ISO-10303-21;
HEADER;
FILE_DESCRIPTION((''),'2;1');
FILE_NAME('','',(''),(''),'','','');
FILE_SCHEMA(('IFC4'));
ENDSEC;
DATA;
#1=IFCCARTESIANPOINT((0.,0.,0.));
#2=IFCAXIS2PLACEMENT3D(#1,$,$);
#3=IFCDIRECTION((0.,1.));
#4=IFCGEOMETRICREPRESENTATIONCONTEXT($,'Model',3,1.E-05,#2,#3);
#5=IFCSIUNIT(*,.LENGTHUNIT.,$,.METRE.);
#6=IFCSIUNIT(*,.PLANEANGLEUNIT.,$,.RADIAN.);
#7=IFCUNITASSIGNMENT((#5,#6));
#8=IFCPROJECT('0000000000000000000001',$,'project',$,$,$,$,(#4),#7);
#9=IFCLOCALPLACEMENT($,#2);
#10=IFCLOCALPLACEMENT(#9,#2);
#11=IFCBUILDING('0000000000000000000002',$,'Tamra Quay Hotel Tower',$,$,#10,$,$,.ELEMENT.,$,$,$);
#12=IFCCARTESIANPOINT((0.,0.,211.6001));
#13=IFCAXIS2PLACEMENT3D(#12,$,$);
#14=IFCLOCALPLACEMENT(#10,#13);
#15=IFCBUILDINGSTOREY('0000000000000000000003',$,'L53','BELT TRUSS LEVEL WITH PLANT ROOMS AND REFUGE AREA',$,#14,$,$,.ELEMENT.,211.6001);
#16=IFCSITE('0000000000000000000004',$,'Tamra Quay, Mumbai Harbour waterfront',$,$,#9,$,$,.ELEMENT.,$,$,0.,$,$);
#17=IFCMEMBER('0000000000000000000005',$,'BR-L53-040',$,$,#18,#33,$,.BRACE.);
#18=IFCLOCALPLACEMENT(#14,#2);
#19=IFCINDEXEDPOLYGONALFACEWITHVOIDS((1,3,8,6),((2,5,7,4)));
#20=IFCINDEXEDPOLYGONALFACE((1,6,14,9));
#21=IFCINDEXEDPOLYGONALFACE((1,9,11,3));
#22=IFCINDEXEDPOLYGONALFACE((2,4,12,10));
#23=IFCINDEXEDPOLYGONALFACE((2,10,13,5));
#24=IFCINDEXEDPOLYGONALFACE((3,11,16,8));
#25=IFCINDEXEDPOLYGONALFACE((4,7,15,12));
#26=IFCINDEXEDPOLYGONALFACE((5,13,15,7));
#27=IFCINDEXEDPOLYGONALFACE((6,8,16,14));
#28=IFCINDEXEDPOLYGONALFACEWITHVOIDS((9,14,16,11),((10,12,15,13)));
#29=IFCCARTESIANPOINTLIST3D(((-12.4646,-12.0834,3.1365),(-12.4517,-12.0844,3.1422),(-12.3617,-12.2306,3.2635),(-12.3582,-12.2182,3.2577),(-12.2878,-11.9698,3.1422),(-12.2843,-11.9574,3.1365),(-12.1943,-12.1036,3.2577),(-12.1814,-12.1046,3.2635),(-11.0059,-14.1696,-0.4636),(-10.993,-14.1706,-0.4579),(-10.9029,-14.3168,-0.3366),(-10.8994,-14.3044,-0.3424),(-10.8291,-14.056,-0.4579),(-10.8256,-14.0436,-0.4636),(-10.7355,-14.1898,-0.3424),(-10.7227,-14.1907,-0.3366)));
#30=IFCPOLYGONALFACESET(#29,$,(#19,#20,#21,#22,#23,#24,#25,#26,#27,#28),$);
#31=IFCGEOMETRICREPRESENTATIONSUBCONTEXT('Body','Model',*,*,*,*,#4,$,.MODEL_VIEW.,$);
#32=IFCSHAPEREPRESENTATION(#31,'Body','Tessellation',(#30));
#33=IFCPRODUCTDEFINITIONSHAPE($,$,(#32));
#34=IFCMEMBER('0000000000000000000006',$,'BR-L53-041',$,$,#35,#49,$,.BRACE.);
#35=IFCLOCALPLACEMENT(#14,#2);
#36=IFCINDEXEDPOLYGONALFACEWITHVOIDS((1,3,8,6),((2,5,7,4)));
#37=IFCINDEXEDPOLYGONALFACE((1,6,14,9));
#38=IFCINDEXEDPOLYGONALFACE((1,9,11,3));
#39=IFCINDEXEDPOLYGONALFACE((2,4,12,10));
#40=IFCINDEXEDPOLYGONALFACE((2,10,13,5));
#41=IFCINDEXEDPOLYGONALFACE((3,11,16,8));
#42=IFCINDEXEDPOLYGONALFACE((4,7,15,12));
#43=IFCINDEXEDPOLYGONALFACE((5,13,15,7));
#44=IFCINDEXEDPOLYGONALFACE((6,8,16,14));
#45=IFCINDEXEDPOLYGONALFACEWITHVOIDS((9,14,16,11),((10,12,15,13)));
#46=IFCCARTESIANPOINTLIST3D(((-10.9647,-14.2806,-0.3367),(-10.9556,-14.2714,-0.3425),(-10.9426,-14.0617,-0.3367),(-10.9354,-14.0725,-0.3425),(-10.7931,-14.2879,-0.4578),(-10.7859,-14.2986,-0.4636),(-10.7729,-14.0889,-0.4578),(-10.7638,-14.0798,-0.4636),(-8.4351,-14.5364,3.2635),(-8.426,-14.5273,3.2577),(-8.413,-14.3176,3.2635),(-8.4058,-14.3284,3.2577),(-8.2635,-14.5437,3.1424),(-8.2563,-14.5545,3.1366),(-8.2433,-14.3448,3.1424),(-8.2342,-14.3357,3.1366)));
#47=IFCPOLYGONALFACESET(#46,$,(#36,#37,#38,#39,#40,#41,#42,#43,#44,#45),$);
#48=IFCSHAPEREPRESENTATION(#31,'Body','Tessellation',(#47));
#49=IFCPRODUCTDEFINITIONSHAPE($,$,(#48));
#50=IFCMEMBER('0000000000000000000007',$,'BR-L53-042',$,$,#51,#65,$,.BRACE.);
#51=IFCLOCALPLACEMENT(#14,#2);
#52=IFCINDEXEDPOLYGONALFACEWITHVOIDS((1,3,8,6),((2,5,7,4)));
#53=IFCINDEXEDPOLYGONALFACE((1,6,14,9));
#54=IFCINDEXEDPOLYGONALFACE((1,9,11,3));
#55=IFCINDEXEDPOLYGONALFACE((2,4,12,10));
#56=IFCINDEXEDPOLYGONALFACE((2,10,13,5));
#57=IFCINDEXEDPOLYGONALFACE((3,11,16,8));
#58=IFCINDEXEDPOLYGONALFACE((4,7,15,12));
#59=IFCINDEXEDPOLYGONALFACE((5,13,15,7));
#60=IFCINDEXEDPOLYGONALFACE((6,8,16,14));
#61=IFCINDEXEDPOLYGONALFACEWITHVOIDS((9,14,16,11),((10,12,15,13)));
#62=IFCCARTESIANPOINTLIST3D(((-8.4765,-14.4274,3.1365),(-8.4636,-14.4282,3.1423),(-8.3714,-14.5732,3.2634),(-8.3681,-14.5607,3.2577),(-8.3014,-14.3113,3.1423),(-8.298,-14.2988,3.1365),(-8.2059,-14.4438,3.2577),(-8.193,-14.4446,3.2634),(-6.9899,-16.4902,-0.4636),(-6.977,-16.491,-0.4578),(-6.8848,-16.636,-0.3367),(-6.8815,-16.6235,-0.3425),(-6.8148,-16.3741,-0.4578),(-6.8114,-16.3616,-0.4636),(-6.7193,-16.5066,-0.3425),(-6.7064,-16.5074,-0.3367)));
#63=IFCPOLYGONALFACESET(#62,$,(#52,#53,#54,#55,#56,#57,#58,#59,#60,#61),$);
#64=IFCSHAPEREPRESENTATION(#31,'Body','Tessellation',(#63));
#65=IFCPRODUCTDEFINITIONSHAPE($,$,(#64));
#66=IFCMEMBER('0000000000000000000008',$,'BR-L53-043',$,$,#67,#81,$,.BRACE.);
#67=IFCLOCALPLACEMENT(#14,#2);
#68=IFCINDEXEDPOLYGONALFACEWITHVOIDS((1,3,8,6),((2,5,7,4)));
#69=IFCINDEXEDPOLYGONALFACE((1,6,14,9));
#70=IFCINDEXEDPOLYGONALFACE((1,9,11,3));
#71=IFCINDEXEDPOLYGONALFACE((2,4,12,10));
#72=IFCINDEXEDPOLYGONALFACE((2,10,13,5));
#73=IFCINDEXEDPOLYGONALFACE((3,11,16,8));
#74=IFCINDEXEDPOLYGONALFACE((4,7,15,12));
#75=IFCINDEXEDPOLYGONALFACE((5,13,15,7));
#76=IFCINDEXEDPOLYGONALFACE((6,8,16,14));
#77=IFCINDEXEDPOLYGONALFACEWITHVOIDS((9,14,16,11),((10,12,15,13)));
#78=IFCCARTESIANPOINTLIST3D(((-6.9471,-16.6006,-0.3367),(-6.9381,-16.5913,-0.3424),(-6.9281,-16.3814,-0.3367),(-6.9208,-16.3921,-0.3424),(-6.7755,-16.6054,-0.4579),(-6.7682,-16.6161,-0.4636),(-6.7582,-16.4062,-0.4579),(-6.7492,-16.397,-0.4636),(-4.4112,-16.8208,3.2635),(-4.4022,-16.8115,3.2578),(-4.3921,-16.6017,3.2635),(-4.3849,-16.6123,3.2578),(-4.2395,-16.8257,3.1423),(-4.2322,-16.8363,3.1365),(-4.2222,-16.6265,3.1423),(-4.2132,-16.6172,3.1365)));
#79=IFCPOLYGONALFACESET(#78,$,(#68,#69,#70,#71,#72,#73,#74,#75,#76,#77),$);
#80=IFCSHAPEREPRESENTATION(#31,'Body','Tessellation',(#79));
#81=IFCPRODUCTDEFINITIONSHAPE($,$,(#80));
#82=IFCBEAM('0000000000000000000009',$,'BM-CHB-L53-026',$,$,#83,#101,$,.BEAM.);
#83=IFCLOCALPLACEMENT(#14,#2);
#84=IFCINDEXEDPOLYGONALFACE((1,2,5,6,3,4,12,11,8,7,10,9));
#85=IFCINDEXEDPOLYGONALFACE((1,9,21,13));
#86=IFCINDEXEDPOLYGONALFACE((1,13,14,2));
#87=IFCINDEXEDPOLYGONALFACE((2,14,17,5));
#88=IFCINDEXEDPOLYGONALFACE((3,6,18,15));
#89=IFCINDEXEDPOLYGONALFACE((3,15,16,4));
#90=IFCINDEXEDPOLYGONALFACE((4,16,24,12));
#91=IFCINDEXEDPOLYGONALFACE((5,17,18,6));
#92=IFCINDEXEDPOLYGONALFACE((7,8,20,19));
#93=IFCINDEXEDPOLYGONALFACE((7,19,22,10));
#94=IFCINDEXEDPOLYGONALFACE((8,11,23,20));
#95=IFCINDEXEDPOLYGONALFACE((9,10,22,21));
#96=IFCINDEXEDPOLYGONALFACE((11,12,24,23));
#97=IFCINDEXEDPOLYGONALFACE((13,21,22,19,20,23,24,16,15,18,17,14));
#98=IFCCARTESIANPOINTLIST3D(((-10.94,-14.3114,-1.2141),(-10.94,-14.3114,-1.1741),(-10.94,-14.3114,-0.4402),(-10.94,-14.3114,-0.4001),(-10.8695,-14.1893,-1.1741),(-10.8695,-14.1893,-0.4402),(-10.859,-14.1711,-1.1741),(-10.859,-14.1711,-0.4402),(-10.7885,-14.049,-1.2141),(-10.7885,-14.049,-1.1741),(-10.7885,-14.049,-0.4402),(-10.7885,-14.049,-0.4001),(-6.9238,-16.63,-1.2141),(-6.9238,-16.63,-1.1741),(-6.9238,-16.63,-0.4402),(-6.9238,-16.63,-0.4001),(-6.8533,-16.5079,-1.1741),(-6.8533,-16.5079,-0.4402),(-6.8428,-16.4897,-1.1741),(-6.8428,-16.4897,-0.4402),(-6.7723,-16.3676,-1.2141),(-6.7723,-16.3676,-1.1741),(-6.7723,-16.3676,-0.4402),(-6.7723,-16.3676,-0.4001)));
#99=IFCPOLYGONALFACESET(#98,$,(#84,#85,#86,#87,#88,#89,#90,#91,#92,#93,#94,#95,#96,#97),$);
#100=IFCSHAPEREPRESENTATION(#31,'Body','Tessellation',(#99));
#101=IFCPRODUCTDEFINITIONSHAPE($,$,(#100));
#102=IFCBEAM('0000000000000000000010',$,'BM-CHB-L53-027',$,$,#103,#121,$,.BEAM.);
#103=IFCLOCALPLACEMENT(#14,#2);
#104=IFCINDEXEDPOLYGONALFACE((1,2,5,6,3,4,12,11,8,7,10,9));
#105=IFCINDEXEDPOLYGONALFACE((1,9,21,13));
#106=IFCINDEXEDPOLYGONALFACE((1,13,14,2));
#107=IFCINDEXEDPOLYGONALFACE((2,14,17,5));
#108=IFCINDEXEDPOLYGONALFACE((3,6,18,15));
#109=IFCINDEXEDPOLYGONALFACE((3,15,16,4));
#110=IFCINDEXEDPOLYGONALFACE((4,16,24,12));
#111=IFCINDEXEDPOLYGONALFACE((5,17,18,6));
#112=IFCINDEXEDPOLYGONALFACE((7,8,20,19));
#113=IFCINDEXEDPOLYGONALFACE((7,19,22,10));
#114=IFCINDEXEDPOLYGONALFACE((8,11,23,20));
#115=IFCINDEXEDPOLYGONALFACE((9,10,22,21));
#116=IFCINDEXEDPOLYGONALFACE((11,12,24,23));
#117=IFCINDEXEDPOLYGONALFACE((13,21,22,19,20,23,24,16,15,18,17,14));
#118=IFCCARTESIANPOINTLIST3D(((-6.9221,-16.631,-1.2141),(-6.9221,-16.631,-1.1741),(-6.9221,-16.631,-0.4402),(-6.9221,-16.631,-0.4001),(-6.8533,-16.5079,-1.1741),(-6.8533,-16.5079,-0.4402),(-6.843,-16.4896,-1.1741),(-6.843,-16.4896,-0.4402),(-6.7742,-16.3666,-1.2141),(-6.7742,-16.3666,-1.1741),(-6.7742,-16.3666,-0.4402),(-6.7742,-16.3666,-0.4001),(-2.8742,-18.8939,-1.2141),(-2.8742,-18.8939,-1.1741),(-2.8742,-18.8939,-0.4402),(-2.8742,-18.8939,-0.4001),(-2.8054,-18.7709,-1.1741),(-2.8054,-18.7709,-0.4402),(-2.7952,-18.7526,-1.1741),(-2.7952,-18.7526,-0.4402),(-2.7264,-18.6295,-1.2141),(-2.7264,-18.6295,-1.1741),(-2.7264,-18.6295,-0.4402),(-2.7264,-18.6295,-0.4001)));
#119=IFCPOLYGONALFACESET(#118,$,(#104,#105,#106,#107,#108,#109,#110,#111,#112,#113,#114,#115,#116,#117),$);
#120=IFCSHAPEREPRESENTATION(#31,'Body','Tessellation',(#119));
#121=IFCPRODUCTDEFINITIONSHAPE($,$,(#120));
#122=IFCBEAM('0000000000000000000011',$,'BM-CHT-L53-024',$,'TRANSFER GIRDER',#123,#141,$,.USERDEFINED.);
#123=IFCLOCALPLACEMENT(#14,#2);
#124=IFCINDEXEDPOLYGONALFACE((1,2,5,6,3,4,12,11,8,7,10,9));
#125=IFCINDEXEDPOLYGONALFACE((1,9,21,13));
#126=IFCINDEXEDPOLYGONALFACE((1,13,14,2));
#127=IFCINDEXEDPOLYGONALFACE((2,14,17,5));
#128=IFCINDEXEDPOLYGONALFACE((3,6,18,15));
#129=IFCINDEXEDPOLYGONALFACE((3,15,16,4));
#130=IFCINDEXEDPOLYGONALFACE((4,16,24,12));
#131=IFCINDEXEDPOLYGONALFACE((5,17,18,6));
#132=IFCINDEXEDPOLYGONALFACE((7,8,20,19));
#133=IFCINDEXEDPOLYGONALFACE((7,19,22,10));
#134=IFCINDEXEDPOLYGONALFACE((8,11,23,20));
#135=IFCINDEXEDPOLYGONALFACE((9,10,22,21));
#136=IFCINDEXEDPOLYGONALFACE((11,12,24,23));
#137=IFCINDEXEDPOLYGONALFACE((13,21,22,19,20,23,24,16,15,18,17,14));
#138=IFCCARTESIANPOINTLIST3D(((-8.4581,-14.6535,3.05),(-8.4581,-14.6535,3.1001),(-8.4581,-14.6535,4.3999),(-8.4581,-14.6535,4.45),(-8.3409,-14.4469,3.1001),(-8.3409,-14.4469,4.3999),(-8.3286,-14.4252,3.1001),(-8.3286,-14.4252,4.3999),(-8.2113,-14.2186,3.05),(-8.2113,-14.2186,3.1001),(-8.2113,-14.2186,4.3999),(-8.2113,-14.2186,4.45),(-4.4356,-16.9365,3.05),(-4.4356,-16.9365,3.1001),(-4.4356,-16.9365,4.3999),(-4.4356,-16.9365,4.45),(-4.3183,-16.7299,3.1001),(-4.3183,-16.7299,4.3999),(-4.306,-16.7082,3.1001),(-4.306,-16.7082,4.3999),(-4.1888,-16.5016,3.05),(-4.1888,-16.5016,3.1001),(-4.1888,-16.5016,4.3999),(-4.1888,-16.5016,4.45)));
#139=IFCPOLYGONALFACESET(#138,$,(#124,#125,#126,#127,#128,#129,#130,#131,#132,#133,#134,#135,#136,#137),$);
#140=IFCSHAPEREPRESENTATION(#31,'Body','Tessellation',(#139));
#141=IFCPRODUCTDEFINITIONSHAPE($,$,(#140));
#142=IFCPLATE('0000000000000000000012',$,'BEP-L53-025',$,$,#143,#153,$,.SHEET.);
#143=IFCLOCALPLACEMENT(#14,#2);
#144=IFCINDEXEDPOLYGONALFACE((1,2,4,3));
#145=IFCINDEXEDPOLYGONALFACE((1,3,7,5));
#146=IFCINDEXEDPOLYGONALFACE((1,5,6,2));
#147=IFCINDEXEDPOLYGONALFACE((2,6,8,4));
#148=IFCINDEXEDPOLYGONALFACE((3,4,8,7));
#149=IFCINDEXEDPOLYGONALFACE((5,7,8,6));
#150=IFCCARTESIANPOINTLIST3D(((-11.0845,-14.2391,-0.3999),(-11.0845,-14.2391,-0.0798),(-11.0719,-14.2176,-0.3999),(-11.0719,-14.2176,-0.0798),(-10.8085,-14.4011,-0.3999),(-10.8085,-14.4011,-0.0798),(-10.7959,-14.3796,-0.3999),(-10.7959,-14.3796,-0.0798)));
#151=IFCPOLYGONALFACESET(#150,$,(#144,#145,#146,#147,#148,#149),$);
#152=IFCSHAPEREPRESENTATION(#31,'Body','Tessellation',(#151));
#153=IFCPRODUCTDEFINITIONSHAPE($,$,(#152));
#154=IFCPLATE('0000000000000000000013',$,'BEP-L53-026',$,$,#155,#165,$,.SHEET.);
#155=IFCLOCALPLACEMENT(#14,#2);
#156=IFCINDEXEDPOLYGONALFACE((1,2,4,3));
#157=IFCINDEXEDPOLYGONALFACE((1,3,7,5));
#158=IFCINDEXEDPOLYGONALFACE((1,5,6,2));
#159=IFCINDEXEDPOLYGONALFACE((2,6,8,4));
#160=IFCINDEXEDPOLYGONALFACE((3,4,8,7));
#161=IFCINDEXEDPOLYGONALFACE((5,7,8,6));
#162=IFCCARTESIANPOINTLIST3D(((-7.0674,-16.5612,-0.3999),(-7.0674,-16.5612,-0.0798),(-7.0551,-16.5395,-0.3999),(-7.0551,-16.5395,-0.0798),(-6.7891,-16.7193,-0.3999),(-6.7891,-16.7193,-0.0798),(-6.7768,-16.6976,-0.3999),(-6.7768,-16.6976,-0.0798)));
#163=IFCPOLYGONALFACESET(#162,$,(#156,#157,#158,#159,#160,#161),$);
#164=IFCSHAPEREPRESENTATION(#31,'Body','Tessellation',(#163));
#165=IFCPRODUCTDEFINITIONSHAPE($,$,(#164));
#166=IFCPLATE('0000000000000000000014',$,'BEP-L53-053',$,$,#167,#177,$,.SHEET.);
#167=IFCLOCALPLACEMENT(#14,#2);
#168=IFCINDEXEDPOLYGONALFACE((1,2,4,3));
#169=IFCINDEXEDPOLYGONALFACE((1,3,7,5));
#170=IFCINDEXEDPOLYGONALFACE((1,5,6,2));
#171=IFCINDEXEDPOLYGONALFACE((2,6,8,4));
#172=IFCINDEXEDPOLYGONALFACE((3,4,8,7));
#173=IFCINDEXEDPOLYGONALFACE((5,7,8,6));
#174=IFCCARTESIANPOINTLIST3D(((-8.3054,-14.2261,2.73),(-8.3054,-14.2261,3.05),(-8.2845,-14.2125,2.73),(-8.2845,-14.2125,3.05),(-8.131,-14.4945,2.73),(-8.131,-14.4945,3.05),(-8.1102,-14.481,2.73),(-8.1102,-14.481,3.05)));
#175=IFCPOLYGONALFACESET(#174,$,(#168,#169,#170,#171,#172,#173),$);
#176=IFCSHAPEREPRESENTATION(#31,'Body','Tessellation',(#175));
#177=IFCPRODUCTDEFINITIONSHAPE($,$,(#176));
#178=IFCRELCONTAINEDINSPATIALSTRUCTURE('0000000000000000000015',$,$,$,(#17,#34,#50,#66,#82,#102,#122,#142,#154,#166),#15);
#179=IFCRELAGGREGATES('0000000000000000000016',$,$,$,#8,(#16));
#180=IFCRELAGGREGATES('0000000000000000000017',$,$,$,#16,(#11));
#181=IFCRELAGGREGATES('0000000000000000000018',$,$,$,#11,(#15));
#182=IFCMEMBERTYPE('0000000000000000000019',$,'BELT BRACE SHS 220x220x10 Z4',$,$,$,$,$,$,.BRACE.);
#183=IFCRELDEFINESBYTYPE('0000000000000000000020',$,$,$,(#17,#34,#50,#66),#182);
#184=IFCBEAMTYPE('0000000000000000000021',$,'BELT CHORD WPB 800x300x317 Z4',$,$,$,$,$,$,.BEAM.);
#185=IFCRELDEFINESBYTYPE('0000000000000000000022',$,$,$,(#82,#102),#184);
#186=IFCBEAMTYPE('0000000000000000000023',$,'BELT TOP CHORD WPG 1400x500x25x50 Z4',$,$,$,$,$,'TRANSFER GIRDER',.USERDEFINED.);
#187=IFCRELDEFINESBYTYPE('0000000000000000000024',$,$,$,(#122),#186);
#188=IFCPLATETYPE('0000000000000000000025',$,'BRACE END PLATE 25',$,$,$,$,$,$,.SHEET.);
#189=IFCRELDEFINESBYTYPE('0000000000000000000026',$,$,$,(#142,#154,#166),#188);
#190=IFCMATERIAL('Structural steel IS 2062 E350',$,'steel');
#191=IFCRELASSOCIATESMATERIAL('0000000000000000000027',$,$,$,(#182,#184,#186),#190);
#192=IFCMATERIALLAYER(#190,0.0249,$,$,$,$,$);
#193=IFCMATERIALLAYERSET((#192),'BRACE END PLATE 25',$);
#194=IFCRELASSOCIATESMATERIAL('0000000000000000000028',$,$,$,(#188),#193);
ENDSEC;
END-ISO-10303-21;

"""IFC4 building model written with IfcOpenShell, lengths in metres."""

from ifc_helpers import new_model, si_unit, direction, frame, origin, origin_2d, place, context, subcontext, project, spatial, rectangle, hollow_rectangle, i_section, extrude, material, layer, layer_set, material_profile, profile_set, type_object, element, save


model = new_model("IFC4")

# Units and contexts
model_context = context("Model", 3, precision=1e-05, world=origin(), true_north=direction((0.0, 1.0)))
body_context = subcontext(model_context, "Body", "Model", "MODEL_VIEW")
ifc_project = project(units=[si_unit("LENGTHUNIT", "METRE"), si_unit("PLANEANGLEUNIT", "RADIAN")], contexts=[model_context])

# Site, building, storey
site_placement = place(None, origin())
site = spatial("IfcSite", under=ifc_project, at=site_placement, Name="Tamra Quay, Mumbai Harbour waterfront", CompositionType="ELEMENT", RefElevation=0.0)
building_placement = place(site_placement, origin())
building = spatial("IfcBuilding", under=site, at=building_placement, Name="Tamra Quay Hotel Tower", CompositionType="ELEMENT")
storey_placement = place(building_placement, frame((0.0, 0.0, 211.6001)))
storey = spatial("IfcBuildingStorey", under=building, at=storey_placement, Name="L53", Description="BELT TRUSS LEVEL WITH PLANT ROOMS AND REFUGE AREA", CompositionType="ELEMENT", Elevation=211.6001)

# Members
ifc_material_1 = material(Name="Structural steel IS 2062 E350", Category="steel")
ifc_material_profile_1 = material_profile(ifc_material_1, hollow_rectangle(XDim=0.22, YDim=0.22, WallThickness=0.01, at=origin_2d()), Name="SHS 220x220x10")
ifc_profile_set_1 = profile_set([ifc_material_profile_1], Name="Structural steel IS 2062 E350")
member_type = type_object("IfcMemberType", Name="BELT BRACE SHS 220x220x10 Z4", PredefinedType="BRACE", material=ifc_profile_set_1)
member_1_placement = place(storey_placement, frame((-10.8643, -14.1802, -0.4001), z_axis=(-0.330842, 0.473146, 0.816502), x_axis=(-0.819525, -0.573044, 0.0)))
element("IfcMember", 1, at=member_1_placement, inside=storey, type_object=member_type, Name="BR-L53-040", PredefinedType="BRACE", context=body_context, shape_type="SweptSolid", body=[
    extrude(hollow_rectangle(XDim=0.22, YDim=0.22, WallThickness=0.01, at=origin_2d()), origin(), (0.0, 0.0, 1.0), 4.4092),
])
for number, where, z_axis, x_axis, name in (
    (2, (-10.8643, -14.1802, -0.4001), (0.573937, -0.058053, 0.816839), (0.100635, 0.994923, 0.0), "BR-L53-041"),
    (3, (-6.8481, -16.4988, -0.4001), (-0.337287, 0.468014, 0.816823), (-0.811274, -0.584666, 0.0), "BR-L53-042"),
):
    element("IfcMember", number, at=place(storey_placement, frame(where, z_axis=z_axis, x_axis=x_axis)), inside=storey, type_object=member_type, Name=name, PredefinedType="BRACE", context=body_context, shape_type="SweptSolid", body=[
        extrude(hollow_rectangle(XDim=0.22, YDim=0.22, WallThickness=0.01, at=origin_2d()), origin(), (0.0, 0.0, 1.0), 4.4075),
    ])
member_2_placement = place(storey_placement, frame((-6.8481, -16.4988, -0.4001), z_axis=(0.575152, -0.049946, 0.81652), x_axis=(0.086514, 0.996251, 0.0)))
element("IfcMember", 4, at=member_2_placement, inside=storey, type_object=member_type, Name="BR-L53-043", PredefinedType="BRACE", context=body_context, shape_type="SweptSolid", body=[
    extrude(hollow_rectangle(XDim=0.22, YDim=0.22, WallThickness=0.01, at=origin_2d()), origin(), (0.0, 0.0, 1.0), 4.4092),
])

# Beams
ifc_material_profile_2 = material_profile(ifc_material_1, i_section(OverallWidth=0.303, OverallDepth=0.814, WebThickness=0.021, FlangeThickness=0.04, at=origin_2d()), Name="WPB 800x300x317")
ifc_profile_set_2 = profile_set([ifc_material_profile_2], Name="Structural steel IS 2062 E350")
beam_type_1 = type_object("IfcBeamType", Name="BELT CHORD WPB 800x300x317 Z4", PredefinedType="BEAM", material=ifc_profile_set_2)
for number, where, z_axis, x_axis, name in (
    (5, (-10.8643, -14.1802, -0.8071), (0.866035, -0.499984, 0.0), (0.499984, 0.866035, 0.0), "BM-CHB-L53-026"),
    (6, (-6.8481, -16.4988, -0.8071), (0.87286, -0.48797, 0.0), (0.48797, 0.87286, 0.0), "BM-CHB-L53-027"),
):
    element("IfcBeam", number, at=place(storey_placement, frame(where, z_axis=z_axis, x_axis=x_axis)), inside=storey, type_object=beam_type_1, Name=name, PredefinedType="BEAM", context=body_context, shape_type="SweptSolid", body=[
        extrude(i_section(OverallWidth=0.303, OverallDepth=0.814, WebThickness=0.021, FlangeThickness=0.04, at=origin_2d()), origin(), (0.0, 0.0, 1.0), 4.6375),
    ])
ifc_material_profile_3 = material_profile(ifc_material_1, i_section(OverallWidth=0.5, OverallDepth=1.3999, WebThickness=0.0249, FlangeThickness=0.05, at=origin_2d()), Name="WPG 1400x500x25x50")
ifc_profile_set_3 = profile_set([ifc_material_profile_3], Name="Structural steel IS 2062 E350")
beam_type_2 = type_object("IfcBeamType", Name="BELT TOP CHORD WPG 1400x500x25x50 Z4", ElementType="TRANSFER GIRDER", PredefinedType="USERDEFINED", material=ifc_profile_set_3)
beam_placement = place(storey_placement, frame((-8.3347, -14.436, 3.75), z_axis=(0.869691, -0.493596, 0.0), x_axis=(0.493596, 0.869691, 0.0)))
element("IfcBeam", 7, at=beam_placement, inside=storey, type_object=beam_type_2, Name="BM-CHT-L53-024", ObjectType="TRANSFER GIRDER", PredefinedType="USERDEFINED", context=body_context, shape_type="SweptSolid", body=[
    extrude(i_section(OverallWidth=0.5, OverallDepth=1.3999, WebThickness=0.0249, FlangeThickness=0.05, at=origin_2d()), origin(), (0.0, 0.0, 1.0), 4.6252),
])

# Plates
ifc_layer_1 = layer(ifc_material_1, 0.0249)
ifc_layer_set_1 = layer_set([ifc_layer_1], Name="BRACE END PLATE 25")
plate_type = type_object("IfcPlateType", Name="BRACE END PLATE 25", PredefinedType="SHEET", material=ifc_layer_set_1)
for number, where, z_axis, x_axis, name in (
    (8, (-10.9402, -14.3093, -0.3999), (0.0, 0.0, 1.0), (0.506129, 0.862458, 0.0), "BEP-L53-025"),
    (9, (-6.9221, -16.6294, -0.3999), (0.0, 0.0, 1.0), (0.493831, 0.869558, 0.0), "BEP-L53-026"),
    (10, (-8.2078, -14.3535, 2.73), (0.0, 0.0, 1.0), (0.838677, 0.544629, 0.0), "BEP-L53-053"),
):
    element("IfcPlate", number, at=place(storey_placement, frame(where, z_axis=z_axis, x_axis=x_axis)), inside=storey, type_object=plate_type, Name=name, PredefinedType="SHEET", context=body_context, shape_type="SweptSolid", body=[
        extrude(rectangle(XDim=0.0249, YDim=0.3201, at=origin_2d()), origin(), (0.0, 0.0, 1.0), 0.3201),
    ])

save(model, "model.ifc")
